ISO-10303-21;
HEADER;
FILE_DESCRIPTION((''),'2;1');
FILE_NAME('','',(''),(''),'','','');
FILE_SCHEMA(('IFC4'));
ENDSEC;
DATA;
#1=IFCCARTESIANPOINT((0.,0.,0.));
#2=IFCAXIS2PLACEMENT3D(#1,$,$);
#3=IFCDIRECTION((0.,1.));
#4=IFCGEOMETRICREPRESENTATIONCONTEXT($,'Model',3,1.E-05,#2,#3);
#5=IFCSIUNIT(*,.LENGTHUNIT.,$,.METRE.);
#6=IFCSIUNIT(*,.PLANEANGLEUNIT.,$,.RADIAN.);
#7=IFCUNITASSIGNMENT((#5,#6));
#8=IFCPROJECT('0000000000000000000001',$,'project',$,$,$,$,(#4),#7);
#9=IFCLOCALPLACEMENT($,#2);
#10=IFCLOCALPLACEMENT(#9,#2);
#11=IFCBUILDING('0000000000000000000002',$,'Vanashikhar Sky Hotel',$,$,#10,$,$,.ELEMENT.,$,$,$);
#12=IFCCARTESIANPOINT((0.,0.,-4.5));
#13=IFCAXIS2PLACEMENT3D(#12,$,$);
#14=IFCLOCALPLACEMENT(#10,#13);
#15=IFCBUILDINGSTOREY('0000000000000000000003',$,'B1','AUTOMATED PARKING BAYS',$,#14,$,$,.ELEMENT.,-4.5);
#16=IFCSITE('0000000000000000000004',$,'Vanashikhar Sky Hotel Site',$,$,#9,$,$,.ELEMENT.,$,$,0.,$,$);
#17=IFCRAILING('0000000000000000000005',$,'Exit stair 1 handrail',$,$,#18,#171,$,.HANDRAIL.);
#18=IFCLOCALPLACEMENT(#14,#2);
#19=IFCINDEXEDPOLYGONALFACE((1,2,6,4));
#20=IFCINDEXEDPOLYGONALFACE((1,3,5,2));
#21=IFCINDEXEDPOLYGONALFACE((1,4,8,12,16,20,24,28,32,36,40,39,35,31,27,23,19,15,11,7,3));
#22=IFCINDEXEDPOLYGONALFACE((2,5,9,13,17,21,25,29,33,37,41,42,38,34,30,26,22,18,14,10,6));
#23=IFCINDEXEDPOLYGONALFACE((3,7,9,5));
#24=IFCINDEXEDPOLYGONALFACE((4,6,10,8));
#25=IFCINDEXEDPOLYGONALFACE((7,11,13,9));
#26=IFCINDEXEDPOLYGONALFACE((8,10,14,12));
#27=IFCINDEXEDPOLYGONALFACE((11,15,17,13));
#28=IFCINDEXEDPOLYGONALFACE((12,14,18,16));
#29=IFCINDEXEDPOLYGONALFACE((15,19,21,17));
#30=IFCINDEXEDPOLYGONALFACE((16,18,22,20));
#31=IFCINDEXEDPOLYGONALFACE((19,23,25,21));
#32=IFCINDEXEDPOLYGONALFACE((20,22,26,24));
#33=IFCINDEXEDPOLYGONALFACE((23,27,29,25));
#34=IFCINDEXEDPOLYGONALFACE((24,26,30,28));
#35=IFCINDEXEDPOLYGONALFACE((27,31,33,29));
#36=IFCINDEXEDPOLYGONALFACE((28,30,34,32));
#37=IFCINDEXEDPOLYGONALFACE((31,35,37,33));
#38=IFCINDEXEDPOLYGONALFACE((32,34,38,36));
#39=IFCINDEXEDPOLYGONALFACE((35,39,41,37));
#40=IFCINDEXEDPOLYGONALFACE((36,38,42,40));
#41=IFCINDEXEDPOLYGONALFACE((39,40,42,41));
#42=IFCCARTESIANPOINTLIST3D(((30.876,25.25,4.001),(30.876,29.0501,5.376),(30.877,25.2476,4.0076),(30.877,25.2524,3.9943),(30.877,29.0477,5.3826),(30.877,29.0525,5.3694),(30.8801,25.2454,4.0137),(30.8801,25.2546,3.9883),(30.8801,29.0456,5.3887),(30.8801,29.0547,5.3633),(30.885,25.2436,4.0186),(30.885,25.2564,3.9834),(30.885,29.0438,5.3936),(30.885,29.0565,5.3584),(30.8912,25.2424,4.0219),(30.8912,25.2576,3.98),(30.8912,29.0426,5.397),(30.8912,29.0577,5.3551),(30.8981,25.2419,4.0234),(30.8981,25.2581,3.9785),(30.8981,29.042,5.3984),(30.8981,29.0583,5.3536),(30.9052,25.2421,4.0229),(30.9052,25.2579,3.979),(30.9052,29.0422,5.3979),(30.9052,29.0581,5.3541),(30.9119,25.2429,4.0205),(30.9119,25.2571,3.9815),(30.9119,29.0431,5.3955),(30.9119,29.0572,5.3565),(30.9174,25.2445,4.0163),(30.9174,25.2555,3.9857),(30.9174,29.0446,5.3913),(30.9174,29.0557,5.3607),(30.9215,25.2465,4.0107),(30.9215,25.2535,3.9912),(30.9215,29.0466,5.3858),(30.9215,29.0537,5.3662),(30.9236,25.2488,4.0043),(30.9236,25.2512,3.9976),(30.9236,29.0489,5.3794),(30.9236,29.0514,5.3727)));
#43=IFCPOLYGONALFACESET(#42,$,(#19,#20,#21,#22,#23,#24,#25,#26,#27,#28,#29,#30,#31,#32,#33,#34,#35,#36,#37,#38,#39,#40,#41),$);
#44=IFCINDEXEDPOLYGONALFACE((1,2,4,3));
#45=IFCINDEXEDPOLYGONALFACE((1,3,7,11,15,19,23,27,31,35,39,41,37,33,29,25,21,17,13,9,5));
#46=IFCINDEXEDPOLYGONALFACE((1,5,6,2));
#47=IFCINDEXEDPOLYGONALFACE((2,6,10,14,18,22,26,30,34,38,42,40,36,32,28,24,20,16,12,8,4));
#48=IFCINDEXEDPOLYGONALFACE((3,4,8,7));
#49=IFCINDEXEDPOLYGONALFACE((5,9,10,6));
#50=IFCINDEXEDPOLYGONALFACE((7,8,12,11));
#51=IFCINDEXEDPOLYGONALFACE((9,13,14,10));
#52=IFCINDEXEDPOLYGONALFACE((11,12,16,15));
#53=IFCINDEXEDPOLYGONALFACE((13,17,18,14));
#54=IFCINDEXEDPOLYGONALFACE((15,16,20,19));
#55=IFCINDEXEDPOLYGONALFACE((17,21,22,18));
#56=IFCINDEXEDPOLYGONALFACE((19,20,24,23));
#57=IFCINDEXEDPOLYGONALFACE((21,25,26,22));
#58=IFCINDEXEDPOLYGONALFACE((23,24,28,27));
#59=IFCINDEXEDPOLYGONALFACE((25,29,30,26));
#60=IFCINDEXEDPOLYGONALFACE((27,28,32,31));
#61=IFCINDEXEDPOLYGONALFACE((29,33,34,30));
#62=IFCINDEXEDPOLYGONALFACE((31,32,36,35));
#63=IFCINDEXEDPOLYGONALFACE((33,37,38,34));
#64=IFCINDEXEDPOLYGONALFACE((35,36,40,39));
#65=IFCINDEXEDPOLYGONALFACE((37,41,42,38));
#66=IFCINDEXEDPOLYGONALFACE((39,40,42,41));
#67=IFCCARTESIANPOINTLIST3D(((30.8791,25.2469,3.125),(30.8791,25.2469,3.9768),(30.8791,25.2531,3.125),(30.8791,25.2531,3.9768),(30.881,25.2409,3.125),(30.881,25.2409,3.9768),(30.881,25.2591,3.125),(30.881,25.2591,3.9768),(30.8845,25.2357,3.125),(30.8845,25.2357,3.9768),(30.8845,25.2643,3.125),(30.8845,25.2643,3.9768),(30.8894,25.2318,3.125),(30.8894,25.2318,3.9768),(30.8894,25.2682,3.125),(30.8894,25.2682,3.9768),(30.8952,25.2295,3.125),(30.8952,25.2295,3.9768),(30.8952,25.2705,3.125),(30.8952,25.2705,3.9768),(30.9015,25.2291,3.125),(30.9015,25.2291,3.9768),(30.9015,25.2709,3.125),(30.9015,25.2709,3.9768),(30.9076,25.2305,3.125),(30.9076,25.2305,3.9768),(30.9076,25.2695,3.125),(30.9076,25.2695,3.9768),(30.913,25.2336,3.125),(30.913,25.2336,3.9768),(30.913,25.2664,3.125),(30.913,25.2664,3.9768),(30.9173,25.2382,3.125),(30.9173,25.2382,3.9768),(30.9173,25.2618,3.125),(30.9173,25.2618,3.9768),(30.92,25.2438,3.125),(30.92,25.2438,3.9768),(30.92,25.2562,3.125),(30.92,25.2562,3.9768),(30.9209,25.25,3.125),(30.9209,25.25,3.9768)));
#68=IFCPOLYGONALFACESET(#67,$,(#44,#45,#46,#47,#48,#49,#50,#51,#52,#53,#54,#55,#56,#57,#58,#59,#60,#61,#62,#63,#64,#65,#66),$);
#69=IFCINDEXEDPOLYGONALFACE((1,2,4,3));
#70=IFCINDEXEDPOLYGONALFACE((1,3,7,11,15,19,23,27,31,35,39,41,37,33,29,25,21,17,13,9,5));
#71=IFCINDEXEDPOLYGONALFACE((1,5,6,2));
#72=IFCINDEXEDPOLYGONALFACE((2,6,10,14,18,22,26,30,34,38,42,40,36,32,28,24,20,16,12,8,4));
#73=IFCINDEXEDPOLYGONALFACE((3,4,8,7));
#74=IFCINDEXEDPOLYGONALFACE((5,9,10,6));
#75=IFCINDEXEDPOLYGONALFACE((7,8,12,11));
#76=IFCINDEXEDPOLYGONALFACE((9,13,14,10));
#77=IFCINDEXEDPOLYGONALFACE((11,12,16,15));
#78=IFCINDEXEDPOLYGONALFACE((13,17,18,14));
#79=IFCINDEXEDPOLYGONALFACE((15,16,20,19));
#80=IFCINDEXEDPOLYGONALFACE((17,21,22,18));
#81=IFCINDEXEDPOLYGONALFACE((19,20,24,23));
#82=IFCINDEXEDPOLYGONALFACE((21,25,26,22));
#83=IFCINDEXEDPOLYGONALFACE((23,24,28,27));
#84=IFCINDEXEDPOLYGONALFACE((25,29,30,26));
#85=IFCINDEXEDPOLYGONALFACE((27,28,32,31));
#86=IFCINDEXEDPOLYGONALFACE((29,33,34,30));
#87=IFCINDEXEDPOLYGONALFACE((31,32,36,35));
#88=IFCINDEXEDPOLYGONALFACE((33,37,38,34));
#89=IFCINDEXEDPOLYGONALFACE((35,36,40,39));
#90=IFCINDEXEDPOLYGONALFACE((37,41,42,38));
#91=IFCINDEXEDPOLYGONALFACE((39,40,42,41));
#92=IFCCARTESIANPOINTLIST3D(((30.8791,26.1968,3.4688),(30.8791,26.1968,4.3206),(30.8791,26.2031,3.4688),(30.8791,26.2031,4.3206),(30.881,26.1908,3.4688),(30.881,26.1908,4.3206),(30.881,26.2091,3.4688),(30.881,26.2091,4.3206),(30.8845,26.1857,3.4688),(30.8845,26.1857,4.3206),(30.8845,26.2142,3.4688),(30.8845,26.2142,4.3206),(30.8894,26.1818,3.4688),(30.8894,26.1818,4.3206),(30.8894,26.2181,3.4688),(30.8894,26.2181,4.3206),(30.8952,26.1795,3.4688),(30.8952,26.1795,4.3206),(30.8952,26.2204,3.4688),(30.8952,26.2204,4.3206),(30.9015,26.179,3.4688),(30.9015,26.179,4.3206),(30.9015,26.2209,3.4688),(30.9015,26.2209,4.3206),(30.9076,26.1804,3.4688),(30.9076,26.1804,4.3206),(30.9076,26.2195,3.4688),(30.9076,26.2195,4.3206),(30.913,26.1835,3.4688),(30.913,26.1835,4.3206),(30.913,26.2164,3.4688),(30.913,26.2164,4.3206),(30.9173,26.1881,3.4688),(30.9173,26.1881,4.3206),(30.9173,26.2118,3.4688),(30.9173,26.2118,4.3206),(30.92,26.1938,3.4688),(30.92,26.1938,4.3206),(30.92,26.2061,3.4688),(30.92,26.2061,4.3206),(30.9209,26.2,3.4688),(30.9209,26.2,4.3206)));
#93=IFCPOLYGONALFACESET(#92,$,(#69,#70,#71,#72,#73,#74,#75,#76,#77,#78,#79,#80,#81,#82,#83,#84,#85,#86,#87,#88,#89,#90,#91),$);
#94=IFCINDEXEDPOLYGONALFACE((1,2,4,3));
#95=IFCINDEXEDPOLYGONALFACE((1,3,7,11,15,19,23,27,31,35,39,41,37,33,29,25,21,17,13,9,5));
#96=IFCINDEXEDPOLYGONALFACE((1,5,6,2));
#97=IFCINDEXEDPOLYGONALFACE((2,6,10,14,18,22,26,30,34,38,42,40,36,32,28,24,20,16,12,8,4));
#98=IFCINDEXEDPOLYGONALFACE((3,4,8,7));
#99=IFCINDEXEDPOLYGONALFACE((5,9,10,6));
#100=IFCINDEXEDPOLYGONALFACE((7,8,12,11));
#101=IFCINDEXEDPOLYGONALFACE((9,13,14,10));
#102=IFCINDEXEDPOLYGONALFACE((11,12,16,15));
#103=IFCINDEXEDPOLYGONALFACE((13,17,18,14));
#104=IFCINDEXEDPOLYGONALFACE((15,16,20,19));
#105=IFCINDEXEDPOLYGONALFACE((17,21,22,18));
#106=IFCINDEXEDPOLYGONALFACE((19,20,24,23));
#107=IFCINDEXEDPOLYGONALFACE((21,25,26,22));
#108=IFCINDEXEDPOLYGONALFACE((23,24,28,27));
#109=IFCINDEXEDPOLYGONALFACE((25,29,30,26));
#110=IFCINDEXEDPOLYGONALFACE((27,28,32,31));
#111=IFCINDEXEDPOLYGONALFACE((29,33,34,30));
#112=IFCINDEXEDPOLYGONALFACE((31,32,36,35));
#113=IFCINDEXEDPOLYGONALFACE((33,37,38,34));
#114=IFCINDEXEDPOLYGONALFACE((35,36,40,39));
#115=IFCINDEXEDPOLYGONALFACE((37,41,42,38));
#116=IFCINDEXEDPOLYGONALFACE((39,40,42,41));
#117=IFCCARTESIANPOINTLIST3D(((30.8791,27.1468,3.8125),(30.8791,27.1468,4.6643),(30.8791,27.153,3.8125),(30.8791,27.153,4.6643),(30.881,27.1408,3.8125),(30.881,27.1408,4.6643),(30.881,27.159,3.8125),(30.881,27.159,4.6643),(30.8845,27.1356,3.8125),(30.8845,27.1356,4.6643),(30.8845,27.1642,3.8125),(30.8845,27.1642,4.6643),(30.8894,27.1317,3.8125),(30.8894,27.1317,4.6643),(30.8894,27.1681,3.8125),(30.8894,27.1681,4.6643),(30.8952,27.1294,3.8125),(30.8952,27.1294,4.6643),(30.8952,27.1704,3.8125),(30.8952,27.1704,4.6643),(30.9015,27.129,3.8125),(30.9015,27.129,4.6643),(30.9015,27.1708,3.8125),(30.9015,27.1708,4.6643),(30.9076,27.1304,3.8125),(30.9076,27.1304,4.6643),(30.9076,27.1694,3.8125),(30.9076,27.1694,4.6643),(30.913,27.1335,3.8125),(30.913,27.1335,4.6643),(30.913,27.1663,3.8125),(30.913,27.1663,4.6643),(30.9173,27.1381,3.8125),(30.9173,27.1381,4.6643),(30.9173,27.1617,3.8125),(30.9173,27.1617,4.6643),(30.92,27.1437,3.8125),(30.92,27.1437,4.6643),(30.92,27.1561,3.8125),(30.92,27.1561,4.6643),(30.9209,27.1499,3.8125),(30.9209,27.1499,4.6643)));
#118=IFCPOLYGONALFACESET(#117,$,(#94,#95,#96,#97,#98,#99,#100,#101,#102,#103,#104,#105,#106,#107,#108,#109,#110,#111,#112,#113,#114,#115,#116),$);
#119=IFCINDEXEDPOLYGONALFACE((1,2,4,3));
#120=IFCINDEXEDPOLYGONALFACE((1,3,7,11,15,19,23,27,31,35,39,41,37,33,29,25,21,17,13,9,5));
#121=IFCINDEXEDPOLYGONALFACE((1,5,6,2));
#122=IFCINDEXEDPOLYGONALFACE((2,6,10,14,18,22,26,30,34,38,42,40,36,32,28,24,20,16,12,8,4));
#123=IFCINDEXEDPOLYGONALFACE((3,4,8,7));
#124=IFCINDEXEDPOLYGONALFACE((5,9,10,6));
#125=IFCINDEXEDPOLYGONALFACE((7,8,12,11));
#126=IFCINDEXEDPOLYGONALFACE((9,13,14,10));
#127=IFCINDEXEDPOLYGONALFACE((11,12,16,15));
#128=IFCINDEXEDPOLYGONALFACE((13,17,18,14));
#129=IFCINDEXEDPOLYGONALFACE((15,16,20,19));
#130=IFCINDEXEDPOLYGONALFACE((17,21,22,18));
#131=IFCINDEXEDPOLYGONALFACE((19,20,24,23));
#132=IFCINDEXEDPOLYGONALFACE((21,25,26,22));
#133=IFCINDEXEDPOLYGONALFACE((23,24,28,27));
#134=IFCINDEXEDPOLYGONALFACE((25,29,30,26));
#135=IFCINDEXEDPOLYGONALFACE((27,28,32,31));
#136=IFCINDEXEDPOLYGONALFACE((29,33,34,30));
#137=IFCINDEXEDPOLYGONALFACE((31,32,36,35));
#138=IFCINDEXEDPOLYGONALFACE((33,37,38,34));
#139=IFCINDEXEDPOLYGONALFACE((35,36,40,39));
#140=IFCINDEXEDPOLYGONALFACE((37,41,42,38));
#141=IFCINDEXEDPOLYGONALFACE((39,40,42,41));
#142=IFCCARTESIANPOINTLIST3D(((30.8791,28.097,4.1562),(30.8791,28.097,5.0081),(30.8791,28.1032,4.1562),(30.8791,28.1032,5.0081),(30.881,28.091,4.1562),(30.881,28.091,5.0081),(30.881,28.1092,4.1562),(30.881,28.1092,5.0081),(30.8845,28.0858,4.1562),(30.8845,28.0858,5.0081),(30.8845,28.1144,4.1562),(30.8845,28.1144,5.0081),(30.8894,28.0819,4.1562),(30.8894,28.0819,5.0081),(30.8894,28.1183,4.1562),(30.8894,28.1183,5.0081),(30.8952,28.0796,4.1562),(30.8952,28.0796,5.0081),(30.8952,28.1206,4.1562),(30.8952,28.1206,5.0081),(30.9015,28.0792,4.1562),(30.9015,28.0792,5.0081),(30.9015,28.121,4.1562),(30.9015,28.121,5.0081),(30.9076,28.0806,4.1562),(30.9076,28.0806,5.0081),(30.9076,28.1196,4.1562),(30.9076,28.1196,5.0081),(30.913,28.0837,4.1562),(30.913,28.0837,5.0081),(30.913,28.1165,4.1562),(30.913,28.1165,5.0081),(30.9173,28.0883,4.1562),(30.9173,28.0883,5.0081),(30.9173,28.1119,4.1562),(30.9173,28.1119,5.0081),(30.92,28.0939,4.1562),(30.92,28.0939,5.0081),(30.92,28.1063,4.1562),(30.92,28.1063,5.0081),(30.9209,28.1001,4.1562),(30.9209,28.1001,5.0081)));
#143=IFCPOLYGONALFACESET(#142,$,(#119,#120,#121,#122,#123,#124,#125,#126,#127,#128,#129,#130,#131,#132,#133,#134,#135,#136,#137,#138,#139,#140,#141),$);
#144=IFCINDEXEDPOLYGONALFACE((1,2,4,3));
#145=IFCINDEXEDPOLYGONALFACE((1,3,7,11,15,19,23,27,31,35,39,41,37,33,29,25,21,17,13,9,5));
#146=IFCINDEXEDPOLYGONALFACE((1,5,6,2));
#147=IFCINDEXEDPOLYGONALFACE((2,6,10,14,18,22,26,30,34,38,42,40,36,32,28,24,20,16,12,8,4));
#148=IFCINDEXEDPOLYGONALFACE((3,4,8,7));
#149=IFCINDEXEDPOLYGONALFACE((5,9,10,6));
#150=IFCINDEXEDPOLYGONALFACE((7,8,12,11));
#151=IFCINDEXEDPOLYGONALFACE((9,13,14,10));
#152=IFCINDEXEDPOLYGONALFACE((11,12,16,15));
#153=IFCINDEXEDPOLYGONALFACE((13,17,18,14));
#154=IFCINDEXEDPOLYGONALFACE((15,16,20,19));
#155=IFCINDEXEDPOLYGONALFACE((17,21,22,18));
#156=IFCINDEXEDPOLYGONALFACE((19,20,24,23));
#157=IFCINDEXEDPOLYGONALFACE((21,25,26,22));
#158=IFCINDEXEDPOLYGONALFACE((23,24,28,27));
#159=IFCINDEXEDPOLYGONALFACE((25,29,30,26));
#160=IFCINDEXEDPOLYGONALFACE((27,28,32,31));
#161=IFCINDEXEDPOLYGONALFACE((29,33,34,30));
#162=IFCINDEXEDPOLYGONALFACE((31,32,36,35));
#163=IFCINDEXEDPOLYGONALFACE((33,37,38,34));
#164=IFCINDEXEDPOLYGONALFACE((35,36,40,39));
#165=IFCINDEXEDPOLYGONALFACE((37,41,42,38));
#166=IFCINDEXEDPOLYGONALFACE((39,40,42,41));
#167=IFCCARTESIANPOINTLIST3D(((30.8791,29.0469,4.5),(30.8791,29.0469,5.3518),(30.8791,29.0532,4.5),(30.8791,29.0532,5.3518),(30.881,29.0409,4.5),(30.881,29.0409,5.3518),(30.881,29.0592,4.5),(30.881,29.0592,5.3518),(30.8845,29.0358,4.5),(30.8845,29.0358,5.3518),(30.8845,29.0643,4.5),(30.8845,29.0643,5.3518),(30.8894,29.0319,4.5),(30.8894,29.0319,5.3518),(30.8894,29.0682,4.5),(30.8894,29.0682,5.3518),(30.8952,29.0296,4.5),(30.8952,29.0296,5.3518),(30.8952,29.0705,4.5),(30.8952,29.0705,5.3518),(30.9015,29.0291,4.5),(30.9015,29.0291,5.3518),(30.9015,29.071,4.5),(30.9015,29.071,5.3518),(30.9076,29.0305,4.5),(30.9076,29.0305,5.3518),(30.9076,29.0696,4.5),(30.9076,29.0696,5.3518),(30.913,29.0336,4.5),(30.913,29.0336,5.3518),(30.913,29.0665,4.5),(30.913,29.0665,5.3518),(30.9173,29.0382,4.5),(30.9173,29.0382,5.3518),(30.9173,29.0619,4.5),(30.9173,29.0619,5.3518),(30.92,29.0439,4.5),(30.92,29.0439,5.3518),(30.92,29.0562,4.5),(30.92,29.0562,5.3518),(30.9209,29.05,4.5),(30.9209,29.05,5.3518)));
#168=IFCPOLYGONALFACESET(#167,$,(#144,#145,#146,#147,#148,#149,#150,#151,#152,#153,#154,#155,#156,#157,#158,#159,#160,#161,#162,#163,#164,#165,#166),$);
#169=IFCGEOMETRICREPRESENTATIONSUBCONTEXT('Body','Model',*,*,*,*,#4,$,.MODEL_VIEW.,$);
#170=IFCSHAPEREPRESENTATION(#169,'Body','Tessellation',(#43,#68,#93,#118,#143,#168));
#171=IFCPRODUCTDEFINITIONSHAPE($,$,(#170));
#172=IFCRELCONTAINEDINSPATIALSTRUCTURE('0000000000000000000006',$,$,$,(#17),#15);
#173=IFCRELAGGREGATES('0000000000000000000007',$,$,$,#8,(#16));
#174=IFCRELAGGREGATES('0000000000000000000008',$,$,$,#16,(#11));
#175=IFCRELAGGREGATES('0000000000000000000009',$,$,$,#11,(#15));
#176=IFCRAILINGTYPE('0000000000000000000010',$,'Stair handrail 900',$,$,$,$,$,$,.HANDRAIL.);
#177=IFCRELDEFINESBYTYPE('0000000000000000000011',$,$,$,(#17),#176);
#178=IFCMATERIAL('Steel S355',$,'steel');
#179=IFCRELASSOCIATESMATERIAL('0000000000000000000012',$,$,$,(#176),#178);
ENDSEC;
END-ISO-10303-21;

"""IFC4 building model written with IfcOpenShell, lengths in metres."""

from ifc_helpers import new_model, si_unit, direction, frame, origin, origin_2d, place, context, subcontext, project, spatial, circle, extrude, source, transform, mapped, material, type_object, element, save


model = new_model("IFC4")

# Units and contexts
model_context = context("Model", 3, precision=1e-05, world=origin(), true_north=direction((0.0, 1.0)))
body_context = subcontext(model_context, "Body", "Model", "MODEL_VIEW")
ifc_project = project(units=[si_unit("LENGTHUNIT", "METRE"), si_unit("PLANEANGLEUNIT", "RADIAN")], contexts=[model_context])

# Site, building, storey
site_placement = place(None, origin())
site = spatial("IfcSite", under=ifc_project, at=site_placement, Name="Vanashikhar Sky Hotel Site", CompositionType="ELEMENT", RefElevation=0.0)
building_placement = place(site_placement, origin())
building = spatial("IfcBuilding", under=site, at=building_placement, Name="Vanashikhar Sky Hotel", CompositionType="ELEMENT")
storey_placement = place(building_placement, frame((0.0, 0.0, -4.5)))
storey = spatial("IfcBuildingStorey", under=building, at=storey_placement, Name="B1", Description="AUTOMATED PARKING BAYS", CompositionType="ELEMENT", Elevation=-4.5)

# Railing
ifc_material_1 = material(Name="Steel S355", Category="steel")
railing_type_1 = type_object("IfcRailingType", Name="Stair handrail 900", PredefinedType="HANDRAIL", material=ifc_material_1)
shared_shape_1 = source(origin(), body_context, "Body", "SweptSolid", [
    extrude(circle(Radius=0.0239, at=origin_2d()), frame((0.0, 0.0, 0.876), z_axis=(0.0, 0.940336, 0.340249), x_axis=(-1.0, 0.0, 0.0)), (0.0, 0.0, 1.0), 4.0413),
    extrude(circle(Radius=0.021, at=origin_2d()), origin(), (0.0, 0.0, 1.0), 0.8518),
    extrude(circle(Radius=0.021, at=origin_2d()), frame((0.0, 0.95, 0.3438)), (0.0, 0.0, 1.0), 0.8518),
    extrude(circle(Radius=0.021, at=origin_2d()), frame((0.0, 1.8999, 0.6875)), (0.0, 0.0, 1.0), 0.8518),
    extrude(circle(Radius=0.021, at=origin_2d()), frame((0.0, 2.8501, 1.0312)), (0.0, 0.0, 1.0), 0.8518),
    extrude(circle(Radius=0.021, at=origin_2d()), frame((0.0, 3.8, 1.375)), (0.0, 0.0, 1.0), 0.8518),
])
for number, where, name in (
    (1, (30.8999, 25.25, 3.125), "Exit stair 1 handrail"),
):
    element("IfcRailing", number, at=place(storey_placement, frame(where)), inside=storey, type_object=railing_type_1, Name=name, PredefinedType="HANDRAIL", context=body_context, shape_type="MappedRepresentation", body=[
        mapped(shared_shape_1, transform((0.0, 0.0, 0.0), scale=1.0)),
    ])

save(model, "model.ifc")
